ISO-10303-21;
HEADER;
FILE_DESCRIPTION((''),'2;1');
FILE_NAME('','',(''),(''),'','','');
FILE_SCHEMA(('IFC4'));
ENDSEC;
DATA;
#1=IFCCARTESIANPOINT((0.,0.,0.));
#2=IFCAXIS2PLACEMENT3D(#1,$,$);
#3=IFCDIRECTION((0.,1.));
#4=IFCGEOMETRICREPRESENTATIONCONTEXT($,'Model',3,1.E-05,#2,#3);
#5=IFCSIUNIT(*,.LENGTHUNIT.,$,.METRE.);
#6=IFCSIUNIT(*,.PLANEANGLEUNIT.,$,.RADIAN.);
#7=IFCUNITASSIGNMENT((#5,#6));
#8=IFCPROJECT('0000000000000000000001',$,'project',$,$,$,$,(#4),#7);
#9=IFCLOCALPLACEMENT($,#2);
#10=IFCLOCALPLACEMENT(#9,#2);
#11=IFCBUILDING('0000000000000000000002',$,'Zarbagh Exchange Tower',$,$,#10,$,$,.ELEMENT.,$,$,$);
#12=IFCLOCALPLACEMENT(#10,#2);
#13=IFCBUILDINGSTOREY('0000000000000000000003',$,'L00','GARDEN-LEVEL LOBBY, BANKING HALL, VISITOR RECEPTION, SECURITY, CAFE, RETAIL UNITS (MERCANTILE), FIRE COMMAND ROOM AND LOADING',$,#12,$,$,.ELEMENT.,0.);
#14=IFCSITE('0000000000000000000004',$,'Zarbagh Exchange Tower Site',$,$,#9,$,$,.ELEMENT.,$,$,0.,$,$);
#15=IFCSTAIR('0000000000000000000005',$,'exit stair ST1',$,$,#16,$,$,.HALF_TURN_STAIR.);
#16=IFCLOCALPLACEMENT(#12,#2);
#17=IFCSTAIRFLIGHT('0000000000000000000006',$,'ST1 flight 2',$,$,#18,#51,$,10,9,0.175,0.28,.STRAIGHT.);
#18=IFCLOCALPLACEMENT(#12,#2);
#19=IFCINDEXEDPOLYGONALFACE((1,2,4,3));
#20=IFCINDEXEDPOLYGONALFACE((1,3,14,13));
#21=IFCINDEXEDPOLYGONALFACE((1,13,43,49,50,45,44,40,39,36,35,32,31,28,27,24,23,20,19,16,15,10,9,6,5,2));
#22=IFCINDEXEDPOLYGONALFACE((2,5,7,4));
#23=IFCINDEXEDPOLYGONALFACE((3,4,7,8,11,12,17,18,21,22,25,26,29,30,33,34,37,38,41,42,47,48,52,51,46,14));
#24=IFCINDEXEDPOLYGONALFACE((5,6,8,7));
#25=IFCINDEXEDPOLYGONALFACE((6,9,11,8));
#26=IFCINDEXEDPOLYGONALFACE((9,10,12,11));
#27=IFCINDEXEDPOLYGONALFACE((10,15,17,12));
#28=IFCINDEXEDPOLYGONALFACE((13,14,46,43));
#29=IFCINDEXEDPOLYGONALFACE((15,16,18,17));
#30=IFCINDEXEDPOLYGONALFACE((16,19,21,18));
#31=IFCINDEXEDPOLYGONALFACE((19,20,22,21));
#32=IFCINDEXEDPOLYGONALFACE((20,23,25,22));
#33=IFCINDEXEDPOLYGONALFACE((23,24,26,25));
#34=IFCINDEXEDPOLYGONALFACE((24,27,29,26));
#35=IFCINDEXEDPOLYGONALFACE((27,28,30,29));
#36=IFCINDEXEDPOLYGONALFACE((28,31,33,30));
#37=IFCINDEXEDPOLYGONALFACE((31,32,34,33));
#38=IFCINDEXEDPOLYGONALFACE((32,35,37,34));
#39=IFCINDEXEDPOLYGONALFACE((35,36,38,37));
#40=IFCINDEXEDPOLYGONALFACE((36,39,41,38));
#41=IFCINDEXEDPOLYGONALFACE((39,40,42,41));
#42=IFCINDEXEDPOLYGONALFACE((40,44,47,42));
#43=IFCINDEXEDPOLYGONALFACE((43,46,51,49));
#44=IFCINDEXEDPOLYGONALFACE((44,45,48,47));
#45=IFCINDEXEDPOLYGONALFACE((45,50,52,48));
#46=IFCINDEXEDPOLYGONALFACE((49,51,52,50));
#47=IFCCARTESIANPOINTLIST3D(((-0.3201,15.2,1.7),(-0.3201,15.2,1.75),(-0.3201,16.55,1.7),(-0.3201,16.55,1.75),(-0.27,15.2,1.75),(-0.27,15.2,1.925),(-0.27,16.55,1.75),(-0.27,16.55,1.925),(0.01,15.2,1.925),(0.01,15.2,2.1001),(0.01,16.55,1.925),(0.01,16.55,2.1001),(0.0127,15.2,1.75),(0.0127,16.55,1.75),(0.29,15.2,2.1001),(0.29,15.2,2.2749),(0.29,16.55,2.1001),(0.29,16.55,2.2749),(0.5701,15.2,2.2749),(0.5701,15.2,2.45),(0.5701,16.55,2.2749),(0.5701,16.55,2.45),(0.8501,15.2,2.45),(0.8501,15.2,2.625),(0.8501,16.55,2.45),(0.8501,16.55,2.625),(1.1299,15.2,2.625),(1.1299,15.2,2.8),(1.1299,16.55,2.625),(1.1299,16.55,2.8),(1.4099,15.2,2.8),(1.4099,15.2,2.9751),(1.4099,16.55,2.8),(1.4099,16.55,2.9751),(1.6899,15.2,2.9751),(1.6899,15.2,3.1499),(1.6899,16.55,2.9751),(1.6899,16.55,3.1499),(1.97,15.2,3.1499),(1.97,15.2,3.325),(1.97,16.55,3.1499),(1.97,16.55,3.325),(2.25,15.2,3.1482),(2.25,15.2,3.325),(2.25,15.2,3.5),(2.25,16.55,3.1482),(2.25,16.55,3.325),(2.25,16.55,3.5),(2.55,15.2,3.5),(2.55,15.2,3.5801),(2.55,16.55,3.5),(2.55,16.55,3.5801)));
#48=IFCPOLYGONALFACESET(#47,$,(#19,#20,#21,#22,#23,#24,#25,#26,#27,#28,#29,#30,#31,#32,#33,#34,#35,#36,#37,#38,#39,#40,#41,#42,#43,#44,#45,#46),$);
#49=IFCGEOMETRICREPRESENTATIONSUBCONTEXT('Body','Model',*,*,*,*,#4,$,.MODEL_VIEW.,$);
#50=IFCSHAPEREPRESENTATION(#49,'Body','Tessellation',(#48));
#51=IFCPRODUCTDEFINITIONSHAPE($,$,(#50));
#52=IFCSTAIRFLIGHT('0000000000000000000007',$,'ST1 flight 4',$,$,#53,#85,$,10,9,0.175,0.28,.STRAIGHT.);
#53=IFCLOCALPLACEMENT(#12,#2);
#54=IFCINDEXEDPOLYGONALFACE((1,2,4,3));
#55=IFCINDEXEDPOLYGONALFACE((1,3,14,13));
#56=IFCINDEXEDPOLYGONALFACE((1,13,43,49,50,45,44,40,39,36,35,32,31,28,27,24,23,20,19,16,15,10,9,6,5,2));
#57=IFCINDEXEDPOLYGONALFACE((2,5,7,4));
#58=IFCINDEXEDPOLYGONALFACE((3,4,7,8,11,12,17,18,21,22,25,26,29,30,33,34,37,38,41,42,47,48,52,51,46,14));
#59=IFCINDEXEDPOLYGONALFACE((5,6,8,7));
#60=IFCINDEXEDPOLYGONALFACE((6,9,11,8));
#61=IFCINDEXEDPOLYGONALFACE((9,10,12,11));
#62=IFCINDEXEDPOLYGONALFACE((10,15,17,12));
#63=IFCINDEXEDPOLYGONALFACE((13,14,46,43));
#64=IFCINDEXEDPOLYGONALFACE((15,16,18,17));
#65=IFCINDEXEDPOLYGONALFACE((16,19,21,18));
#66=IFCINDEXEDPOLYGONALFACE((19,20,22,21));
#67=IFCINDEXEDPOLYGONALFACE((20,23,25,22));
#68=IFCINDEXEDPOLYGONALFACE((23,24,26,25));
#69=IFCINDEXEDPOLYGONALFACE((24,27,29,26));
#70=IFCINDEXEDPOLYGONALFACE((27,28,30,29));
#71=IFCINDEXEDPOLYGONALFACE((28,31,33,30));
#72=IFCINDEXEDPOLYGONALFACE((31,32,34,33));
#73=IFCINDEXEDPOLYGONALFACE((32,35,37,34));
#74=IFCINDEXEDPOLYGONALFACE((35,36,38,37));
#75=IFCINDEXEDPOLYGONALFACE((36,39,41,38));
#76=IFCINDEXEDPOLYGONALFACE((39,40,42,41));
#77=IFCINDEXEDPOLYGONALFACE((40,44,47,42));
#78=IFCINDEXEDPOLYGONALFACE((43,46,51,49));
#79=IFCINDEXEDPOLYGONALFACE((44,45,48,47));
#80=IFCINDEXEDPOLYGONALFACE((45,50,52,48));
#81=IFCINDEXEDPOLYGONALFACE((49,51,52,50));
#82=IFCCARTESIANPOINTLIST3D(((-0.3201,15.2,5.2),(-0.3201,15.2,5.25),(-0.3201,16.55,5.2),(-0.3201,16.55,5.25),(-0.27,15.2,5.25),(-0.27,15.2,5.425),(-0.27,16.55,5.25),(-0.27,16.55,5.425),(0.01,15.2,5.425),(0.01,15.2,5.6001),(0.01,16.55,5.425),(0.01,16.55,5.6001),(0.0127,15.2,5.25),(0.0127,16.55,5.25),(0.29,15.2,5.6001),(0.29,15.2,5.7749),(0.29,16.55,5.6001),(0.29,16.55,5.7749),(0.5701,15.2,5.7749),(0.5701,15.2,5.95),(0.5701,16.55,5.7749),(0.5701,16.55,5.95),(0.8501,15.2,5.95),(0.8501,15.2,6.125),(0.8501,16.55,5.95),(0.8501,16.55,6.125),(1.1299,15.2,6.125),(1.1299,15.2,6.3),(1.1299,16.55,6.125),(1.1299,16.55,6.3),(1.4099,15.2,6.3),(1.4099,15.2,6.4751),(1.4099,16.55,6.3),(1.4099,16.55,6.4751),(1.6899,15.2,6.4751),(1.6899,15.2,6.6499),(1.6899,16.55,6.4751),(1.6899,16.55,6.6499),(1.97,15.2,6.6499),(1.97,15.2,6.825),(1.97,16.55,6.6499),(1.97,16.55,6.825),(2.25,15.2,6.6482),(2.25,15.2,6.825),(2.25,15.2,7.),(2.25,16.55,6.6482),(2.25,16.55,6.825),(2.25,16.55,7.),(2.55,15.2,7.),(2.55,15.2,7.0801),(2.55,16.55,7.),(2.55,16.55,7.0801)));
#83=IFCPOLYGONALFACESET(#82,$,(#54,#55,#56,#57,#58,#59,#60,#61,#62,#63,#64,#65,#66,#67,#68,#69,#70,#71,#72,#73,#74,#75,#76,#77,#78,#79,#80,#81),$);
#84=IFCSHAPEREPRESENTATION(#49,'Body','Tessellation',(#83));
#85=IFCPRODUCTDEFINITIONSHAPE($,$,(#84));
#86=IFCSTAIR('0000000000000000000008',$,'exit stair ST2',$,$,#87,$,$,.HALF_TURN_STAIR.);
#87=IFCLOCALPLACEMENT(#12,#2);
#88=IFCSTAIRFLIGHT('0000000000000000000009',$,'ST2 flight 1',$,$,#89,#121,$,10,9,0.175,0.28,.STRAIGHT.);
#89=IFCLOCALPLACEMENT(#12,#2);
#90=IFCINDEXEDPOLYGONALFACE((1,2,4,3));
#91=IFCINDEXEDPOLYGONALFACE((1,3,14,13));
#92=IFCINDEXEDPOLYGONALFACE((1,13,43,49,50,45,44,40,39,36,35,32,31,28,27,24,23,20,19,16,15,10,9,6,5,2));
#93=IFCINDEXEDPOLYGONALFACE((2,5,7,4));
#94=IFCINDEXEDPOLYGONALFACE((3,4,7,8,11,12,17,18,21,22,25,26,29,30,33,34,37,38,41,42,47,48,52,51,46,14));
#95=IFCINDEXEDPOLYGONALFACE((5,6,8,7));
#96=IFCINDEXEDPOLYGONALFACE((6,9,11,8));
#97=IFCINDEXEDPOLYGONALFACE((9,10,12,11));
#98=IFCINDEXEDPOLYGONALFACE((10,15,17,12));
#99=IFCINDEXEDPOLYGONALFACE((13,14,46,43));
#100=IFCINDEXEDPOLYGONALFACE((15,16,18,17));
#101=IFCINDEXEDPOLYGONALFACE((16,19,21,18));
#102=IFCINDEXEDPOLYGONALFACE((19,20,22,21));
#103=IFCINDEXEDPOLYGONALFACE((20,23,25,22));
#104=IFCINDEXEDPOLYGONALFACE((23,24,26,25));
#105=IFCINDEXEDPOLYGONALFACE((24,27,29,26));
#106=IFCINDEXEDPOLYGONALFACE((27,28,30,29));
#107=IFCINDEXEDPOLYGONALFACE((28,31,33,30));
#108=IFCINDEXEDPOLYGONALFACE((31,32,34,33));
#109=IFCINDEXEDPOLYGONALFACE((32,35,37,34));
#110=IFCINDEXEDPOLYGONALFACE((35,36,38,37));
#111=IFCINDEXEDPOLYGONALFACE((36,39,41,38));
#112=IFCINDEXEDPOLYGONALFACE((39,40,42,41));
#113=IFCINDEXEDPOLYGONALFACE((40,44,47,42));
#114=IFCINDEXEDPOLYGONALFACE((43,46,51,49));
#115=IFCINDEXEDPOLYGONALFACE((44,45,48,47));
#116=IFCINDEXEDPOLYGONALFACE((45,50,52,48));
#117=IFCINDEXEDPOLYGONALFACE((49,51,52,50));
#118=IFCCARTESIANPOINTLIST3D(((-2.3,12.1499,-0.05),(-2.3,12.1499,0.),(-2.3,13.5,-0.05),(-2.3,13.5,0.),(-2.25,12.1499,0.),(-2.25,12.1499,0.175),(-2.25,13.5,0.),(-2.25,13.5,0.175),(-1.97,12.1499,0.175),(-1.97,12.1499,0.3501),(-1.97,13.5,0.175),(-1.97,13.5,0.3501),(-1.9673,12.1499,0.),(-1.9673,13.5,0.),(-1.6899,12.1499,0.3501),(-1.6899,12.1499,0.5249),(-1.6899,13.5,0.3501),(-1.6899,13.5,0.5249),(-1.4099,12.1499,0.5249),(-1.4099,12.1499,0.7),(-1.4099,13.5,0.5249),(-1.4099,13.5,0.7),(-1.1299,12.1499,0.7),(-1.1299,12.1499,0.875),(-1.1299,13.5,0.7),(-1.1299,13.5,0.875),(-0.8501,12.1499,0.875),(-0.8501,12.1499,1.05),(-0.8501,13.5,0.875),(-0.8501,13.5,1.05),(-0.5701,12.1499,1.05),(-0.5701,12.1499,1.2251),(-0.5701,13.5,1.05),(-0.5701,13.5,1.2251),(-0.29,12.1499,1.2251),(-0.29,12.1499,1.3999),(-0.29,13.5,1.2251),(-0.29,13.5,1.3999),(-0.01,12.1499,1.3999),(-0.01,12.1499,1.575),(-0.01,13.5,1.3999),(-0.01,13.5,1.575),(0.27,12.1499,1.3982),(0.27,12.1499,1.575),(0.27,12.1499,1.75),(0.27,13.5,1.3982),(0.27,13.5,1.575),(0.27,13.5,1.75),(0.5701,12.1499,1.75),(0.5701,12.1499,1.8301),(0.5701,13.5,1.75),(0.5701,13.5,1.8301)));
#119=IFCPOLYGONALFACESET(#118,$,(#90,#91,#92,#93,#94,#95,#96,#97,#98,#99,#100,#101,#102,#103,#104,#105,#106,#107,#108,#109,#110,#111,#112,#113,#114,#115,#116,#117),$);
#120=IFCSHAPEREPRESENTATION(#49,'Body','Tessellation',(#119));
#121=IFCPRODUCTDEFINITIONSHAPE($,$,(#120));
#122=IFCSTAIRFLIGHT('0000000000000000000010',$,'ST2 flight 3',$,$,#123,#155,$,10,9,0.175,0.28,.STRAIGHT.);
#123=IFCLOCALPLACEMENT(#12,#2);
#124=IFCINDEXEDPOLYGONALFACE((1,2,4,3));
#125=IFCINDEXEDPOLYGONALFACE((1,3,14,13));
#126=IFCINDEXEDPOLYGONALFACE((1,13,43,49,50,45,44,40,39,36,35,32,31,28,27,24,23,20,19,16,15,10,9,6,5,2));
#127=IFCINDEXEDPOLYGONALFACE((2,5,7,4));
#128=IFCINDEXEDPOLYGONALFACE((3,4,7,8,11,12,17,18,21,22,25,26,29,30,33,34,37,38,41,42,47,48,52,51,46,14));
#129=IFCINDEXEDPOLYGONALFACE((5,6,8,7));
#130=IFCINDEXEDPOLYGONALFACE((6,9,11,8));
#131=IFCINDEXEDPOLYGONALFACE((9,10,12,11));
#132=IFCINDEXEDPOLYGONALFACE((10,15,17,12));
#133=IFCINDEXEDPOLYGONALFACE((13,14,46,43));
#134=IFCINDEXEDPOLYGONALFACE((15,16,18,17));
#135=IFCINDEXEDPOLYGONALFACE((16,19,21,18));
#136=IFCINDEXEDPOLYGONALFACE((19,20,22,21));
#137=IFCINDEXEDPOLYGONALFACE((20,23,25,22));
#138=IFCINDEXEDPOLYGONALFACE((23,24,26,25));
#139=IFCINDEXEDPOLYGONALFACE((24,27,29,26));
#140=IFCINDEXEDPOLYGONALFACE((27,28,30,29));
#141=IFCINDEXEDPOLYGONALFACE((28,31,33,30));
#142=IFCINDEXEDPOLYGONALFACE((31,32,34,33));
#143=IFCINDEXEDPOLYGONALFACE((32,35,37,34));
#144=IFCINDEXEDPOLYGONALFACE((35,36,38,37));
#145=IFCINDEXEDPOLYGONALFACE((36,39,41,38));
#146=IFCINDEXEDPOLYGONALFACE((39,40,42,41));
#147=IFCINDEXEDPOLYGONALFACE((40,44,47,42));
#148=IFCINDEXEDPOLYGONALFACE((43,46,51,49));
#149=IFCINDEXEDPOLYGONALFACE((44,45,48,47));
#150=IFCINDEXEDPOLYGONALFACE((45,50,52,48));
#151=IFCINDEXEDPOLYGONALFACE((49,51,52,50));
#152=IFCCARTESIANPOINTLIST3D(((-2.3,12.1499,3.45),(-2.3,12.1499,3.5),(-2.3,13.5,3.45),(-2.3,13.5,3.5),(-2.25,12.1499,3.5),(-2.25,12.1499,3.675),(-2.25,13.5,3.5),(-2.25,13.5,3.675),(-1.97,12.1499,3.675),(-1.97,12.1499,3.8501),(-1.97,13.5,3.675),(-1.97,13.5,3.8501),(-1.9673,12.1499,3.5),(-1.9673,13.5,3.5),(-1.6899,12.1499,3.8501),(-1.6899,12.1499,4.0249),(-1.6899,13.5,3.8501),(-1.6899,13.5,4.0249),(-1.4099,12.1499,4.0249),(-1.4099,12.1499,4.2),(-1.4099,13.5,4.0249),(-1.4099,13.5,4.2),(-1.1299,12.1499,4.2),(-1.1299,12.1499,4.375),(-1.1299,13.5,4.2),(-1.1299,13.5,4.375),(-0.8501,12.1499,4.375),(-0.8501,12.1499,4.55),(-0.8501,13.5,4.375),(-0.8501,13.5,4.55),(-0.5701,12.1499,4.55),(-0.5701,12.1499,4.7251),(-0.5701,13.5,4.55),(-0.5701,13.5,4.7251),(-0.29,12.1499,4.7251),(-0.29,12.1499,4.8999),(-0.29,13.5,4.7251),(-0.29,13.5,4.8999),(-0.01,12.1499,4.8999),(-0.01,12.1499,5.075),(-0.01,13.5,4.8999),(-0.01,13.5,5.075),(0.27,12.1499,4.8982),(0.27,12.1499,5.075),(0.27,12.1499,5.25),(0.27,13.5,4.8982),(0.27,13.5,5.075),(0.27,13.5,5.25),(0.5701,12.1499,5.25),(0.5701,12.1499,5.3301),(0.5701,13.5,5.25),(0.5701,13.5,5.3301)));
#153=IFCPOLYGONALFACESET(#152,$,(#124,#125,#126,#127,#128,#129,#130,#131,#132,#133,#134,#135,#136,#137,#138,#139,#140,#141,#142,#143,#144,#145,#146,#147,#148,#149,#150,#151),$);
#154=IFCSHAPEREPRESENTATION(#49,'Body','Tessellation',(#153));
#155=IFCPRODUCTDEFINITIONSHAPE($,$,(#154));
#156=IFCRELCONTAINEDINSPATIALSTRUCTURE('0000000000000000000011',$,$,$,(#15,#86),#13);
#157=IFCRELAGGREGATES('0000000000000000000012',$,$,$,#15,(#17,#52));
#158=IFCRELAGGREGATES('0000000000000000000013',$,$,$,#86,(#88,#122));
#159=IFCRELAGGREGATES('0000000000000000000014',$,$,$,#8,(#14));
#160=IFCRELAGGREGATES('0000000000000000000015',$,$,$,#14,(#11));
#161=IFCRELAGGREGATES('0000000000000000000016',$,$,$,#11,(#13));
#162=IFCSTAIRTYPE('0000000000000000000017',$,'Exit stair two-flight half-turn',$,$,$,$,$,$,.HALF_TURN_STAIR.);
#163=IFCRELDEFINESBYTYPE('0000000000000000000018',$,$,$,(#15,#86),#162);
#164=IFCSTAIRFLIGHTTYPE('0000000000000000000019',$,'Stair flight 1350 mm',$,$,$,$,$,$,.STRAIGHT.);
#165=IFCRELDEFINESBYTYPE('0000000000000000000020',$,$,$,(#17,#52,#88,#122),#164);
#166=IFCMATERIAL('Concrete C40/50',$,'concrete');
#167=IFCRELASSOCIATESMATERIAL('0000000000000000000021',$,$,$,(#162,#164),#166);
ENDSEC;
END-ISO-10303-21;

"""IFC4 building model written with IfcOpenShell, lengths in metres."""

from ifc_helpers import new_model, si_unit, direction, frame, origin, place, context, subcontext, project, spatial, polyline, outline, extrude, material, type_object, element, aggregate, save


model = new_model("IFC4")

# Units and contexts
model_context = context("Model", 3, precision=1e-05, world=origin(), true_north=direction((0.0, 1.0)))
body_context = subcontext(model_context, "Body", "Model", "MODEL_VIEW")
ifc_project = project(units=[si_unit("LENGTHUNIT", "METRE"), si_unit("PLANEANGLEUNIT", "RADIAN")], contexts=[model_context])

# Site, building, storey
site_placement = place(None, origin())
site = spatial("IfcSite", under=ifc_project, at=site_placement, Name="Zarbagh Exchange Tower Site", CompositionType="ELEMENT", RefElevation=0.0)
building_placement = place(site_placement, origin())
building = spatial("IfcBuilding", under=site, at=building_placement, Name="Zarbagh Exchange Tower", CompositionType="ELEMENT")
storey_placement = place(building_placement, origin())
storey = spatial("IfcBuildingStorey", under=building, at=storey_placement, Name="L00", Description="GARDEN-LEVEL LOBBY, BANKING HALL, VISITOR RECEPTION, SECURITY, CAFE, RETAIL UNITS (MERCANTILE), FIRE COMMAND ROOM AND LOADING", CompositionType="ELEMENT", Elevation=0.0)

# Shared definitions
ifc_material_1 = material(Name="Concrete C40/50", Category="concrete")

# Stairs, stair flights
stair_type = type_object("IfcStairType", Name="Exit stair two-flight half-turn", PredefinedType="HALF_TURN_STAIR", material=ifc_material_1)
stair_1_placement = place(storey_placement, origin())
stair_1 = element("IfcStair", 1, at=stair_1_placement, inside=storey, type_object=stair_type, Name="exit stair ST1", PredefinedType="HALF_TURN_STAIR")
stair_flight_type = type_object("IfcStairFlightType", Name="Stair flight 1350 mm", PredefinedType="STRAIGHT", material=ifc_material_1)
stair_flight_1_placement = place(storey_placement, frame((-0.27, 15.875, 1.75), z_axis=(0.0, 0.0, 1.0), x_axis=(1.0, 0.0, 0.0)))
stair_flight_1 = element("IfcStairFlight", 2, at=stair_flight_1_placement, type_object=stair_flight_type, Name="ST1 flight 2", NumberOfRisers=10, NumberOfTreads=9, PredefinedType="STRAIGHT", RiserHeight=0.175, TreadLength=0.28, context=body_context, shape_type="SweptSolid", body=[
    extrude(outline(polyline([(-0.05, -0.05), (-0.05, 0.0), (0.0, 0.0), (0.0, 0.175), (0.28, 0.175), (0.28, 0.3501), (0.5601, 0.3501), (0.5601, 0.5249), (0.8401, 0.5249), (0.8401, 0.7), (1.1201, 0.7), (1.1201, 0.875), (1.3999, 0.875), (1.3999, 1.05), (1.6799, 1.05), (1.6799, 1.2251), (1.96, 1.2251), (1.96, 1.3999), (2.24, 1.3999), (2.24, 1.575), (2.52, 1.575), (2.52, 1.75), (2.8201, 1.8301), (2.8201, 1.75), (2.52, 1.3982), (0.2827, 0.0), (-0.05, -0.05)])), frame((0.0, 0.675, 0.0), z_axis=(0.0, -1.0, 0.0), x_axis=(1.0, 0.0, 0.0)), (0.0, 0.0, 1.0), 1.3501),
])
stair_flight_2_placement = place(storey_placement, frame((-0.27, 15.875, 5.25), z_axis=(0.0, 0.0, 1.0), x_axis=(1.0, 0.0, 0.0)))
stair_flight_2 = element("IfcStairFlight", 3, at=stair_flight_2_placement, type_object=stair_flight_type, Name="ST1 flight 4", NumberOfRisers=10, NumberOfTreads=9, PredefinedType="STRAIGHT", RiserHeight=0.175, TreadLength=0.28, context=body_context, shape_type="SweptSolid", body=[
    extrude(outline(polyline([(-0.05, -0.05), (-0.05, 0.0), (0.0, 0.0), (0.0, 0.175), (0.28, 0.175), (0.28, 0.3501), (0.5601, 0.3501), (0.5601, 0.5249), (0.8401, 0.5249), (0.8401, 0.7), (1.1201, 0.7), (1.1201, 0.875), (1.3999, 0.875), (1.3999, 1.05), (1.6799, 1.05), (1.6799, 1.2251), (1.96, 1.2251), (1.96, 1.3999), (2.24, 1.3999), (2.24, 1.575), (2.52, 1.575), (2.52, 1.75), (2.8201, 1.8301), (2.8201, 1.75), (2.52, 1.3982), (0.2827, 0.0), (-0.05, -0.05)])), frame((0.0, 0.675, 0.0), z_axis=(0.0, -1.0, 0.0), x_axis=(1.0, 0.0, 0.0)), (0.0, 0.0, 1.0), 1.3501),
])
aggregate(stair_1, [stair_flight_1, stair_flight_2])
stair_2_placement = place(storey_placement, origin())
stair_2 = element("IfcStair", 4, at=stair_2_placement, inside=storey, type_object=stair_type, Name="exit stair ST2", PredefinedType="HALF_TURN_STAIR")
stair_flight_3_placement = place(storey_placement, frame((-2.25, 12.825, 0.0), z_axis=(0.0, 0.0, 1.0), x_axis=(1.0, 0.0, 0.0)))
stair_flight_3 = element("IfcStairFlight", 5, at=stair_flight_3_placement, type_object=stair_flight_type, Name="ST2 flight 1", NumberOfRisers=10, NumberOfTreads=9, PredefinedType="STRAIGHT", RiserHeight=0.175, TreadLength=0.28, context=body_context, shape_type="SweptSolid", body=[
    extrude(outline(polyline([(-0.05, -0.05), (-0.05, 0.0), (0.0, 0.0), (0.0, 0.175), (0.28, 0.175), (0.28, 0.3501), (0.5601, 0.3501), (0.5601, 0.5249), (0.8401, 0.5249), (0.8401, 0.7), (1.1201, 0.7), (1.1201, 0.875), (1.3999, 0.875), (1.3999, 1.05), (1.6799, 1.05), (1.6799, 1.2251), (1.96, 1.2251), (1.96, 1.3999), (2.24, 1.3999), (2.24, 1.575), (2.52, 1.575), (2.52, 1.75), (2.8201, 1.8301), (2.8201, 1.75), (2.52, 1.3982), (0.2827, 0.0), (-0.05, -0.05)])), frame((0.0, 0.675, 0.0), z_axis=(0.0, -1.0, 0.0), x_axis=(1.0, 0.0, 0.0)), (0.0, 0.0, 1.0), 1.3501),
])
stair_flight_4_placement = place(storey_placement, frame((-2.25, 12.825, 3.5), z_axis=(0.0, 0.0, 1.0), x_axis=(1.0, 0.0, 0.0)))
stair_flight_4 = element("IfcStairFlight", 6, at=stair_flight_4_placement, type_object=stair_flight_type, Name="ST2 flight 3", NumberOfRisers=10, NumberOfTreads=9, PredefinedType="STRAIGHT", RiserHeight=0.175, TreadLength=0.28, context=body_context, shape_type="SweptSolid", body=[
    extrude(outline(polyline([(-0.05, -0.05), (-0.05, 0.0), (0.0, 0.0), (0.0, 0.175), (0.28, 0.175), (0.28, 0.3501), (0.5601, 0.3501), (0.5601, 0.5249), (0.8401, 0.5249), (0.8401, 0.7), (1.1201, 0.7), (1.1201, 0.875), (1.3999, 0.875), (1.3999, 1.05), (1.6799, 1.05), (1.6799, 1.2251), (1.96, 1.2251), (1.96, 1.3999), (2.24, 1.3999), (2.24, 1.575), (2.52, 1.575), (2.52, 1.75), (2.8201, 1.8301), (2.8201, 1.75), (2.52, 1.3982), (0.2827, 0.0), (-0.05, -0.05)])), frame((0.0, 0.675, 0.0), z_axis=(0.0, -1.0, 0.0), x_axis=(1.0, 0.0, 0.0)), (0.0, 0.0, 1.0), 1.3501),
])
aggregate(stair_2, [stair_flight_3, stair_flight_4])

save(model, "model.ifc")
